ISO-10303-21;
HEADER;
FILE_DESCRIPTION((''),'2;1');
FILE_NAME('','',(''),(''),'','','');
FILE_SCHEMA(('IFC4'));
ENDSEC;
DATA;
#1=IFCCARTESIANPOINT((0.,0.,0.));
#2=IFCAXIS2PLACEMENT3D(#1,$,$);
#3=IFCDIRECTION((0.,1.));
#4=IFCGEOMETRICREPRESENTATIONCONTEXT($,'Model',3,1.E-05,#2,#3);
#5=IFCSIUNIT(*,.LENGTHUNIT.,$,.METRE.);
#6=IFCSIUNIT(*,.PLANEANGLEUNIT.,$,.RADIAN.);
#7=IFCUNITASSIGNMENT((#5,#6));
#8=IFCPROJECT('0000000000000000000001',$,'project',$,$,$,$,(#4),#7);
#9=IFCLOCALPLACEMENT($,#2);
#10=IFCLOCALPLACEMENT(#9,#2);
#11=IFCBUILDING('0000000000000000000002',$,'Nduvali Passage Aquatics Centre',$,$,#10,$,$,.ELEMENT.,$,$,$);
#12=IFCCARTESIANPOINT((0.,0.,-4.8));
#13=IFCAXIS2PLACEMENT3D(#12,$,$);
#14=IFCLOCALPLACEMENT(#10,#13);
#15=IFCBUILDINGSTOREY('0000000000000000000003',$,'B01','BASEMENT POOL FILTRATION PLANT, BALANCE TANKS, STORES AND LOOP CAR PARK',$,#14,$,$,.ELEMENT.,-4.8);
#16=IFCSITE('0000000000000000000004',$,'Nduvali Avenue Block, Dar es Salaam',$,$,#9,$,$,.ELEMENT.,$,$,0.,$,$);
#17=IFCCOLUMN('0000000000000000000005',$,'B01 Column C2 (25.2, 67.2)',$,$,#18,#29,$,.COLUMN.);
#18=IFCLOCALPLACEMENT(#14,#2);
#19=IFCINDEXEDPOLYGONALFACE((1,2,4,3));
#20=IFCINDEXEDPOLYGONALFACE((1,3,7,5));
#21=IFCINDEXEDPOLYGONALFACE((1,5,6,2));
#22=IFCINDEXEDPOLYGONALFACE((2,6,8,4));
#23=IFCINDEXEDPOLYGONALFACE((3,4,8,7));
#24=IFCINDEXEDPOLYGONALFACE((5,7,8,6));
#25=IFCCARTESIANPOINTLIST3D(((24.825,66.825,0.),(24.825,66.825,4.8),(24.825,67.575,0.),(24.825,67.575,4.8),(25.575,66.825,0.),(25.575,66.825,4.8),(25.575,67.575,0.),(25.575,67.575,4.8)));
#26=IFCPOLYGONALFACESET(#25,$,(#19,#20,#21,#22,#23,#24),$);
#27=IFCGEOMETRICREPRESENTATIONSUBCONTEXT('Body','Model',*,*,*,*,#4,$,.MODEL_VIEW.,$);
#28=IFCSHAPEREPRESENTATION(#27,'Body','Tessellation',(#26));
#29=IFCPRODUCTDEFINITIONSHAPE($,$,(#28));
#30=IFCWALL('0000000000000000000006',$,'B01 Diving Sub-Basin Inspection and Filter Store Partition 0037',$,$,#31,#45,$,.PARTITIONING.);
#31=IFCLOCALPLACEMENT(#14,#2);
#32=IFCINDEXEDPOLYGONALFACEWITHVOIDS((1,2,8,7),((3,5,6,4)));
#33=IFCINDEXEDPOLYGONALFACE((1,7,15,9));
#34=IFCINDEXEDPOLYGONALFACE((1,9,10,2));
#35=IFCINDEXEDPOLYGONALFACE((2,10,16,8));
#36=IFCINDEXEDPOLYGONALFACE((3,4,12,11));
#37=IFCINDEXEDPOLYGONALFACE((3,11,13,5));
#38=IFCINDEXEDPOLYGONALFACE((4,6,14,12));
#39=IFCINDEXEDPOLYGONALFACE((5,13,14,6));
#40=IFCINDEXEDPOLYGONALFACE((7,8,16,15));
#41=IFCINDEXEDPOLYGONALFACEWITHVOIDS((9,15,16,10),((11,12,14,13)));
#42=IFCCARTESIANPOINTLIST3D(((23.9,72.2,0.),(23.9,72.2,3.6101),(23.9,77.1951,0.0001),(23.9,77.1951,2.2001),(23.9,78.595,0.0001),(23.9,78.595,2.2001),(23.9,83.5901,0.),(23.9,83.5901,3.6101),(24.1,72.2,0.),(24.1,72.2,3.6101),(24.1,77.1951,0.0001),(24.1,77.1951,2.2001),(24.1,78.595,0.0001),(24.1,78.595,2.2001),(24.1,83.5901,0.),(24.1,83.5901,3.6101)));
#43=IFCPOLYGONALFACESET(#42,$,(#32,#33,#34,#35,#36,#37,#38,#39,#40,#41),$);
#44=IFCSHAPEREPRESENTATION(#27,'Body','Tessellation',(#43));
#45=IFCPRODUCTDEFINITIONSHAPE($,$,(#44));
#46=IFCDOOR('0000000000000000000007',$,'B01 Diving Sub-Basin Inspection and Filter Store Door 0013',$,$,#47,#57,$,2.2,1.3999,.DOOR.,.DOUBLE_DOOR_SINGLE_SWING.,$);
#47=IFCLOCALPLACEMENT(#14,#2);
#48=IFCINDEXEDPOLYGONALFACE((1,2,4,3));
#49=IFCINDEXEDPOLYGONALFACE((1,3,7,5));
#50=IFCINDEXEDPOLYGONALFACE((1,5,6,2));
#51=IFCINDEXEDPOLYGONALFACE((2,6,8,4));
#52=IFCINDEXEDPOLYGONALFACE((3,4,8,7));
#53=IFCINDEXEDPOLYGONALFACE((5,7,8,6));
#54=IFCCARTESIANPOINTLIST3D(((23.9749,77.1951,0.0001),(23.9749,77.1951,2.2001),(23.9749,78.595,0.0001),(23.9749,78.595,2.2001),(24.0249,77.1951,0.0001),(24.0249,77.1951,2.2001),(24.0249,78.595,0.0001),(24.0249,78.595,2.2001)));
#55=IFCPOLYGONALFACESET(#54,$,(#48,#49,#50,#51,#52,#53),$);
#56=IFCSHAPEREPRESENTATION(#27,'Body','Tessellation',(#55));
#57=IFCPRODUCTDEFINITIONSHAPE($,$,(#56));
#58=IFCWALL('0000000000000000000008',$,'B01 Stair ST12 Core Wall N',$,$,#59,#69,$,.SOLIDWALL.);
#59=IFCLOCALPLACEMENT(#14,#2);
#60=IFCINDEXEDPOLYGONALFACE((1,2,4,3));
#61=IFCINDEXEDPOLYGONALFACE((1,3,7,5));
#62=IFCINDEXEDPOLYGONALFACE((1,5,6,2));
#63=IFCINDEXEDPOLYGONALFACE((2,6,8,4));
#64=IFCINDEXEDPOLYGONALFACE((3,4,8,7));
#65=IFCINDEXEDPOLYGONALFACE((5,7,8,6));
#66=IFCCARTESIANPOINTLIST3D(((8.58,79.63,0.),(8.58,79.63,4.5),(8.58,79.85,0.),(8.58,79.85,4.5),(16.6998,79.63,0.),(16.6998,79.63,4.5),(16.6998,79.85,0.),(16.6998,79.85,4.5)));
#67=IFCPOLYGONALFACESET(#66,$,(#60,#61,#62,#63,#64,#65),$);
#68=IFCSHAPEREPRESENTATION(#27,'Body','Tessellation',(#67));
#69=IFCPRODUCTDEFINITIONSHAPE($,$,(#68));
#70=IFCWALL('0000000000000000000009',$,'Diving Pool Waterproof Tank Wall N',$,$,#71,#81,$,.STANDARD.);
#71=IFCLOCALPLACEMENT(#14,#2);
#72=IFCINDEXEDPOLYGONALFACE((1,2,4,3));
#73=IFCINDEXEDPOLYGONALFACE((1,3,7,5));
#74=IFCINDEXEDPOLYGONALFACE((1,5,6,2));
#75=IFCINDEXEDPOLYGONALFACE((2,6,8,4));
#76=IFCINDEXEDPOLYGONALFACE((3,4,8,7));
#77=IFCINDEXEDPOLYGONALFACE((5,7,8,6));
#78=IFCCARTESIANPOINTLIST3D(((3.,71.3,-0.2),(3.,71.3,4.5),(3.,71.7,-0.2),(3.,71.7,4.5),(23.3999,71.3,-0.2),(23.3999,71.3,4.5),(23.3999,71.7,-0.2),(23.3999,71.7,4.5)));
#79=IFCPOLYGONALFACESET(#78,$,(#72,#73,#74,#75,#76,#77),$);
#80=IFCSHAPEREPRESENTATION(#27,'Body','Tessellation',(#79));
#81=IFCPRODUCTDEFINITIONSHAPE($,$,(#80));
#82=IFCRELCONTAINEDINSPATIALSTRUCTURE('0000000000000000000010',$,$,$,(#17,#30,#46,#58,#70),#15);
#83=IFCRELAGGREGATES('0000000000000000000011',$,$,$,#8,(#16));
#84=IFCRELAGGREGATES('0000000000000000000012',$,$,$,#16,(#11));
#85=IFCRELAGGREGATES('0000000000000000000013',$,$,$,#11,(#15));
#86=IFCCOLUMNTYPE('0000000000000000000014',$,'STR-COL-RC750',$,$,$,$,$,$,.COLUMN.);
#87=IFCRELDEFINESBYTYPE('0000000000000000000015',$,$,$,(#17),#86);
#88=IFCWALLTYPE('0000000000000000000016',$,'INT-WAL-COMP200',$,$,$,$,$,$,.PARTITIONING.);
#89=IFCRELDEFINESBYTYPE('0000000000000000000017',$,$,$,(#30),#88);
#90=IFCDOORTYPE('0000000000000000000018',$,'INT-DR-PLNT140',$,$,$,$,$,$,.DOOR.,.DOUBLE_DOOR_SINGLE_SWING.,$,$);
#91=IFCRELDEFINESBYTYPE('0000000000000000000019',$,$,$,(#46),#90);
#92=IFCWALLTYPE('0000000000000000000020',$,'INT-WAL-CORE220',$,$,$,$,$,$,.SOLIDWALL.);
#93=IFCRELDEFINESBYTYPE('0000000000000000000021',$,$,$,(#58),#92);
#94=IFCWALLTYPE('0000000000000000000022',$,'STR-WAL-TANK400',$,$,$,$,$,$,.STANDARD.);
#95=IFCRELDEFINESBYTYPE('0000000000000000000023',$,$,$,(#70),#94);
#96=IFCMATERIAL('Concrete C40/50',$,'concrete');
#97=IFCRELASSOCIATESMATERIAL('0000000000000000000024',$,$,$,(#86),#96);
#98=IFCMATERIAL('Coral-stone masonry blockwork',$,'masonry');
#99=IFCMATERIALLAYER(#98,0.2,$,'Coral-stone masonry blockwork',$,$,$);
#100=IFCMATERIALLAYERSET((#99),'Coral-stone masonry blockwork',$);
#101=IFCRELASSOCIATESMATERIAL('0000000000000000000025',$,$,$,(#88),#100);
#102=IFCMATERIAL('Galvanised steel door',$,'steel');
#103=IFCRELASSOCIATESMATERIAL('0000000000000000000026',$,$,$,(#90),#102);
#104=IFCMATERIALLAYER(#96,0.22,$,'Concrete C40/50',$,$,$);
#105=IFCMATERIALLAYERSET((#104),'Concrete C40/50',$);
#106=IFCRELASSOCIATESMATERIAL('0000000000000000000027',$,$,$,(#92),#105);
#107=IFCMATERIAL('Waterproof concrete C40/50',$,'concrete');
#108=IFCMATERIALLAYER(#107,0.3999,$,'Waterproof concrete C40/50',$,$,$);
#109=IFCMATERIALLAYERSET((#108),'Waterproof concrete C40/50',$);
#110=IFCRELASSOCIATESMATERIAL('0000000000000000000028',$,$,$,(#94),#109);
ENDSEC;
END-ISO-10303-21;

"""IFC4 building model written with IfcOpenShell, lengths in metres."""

from ifc_helpers import new_model, si_unit, direction, frame, frame_2d, origin, origin_2d, place, context, subcontext, project, spatial, rectangle, extrude, material, layer, layer_set, material_profile, profile_set, type_object, element, fill, save


model = new_model("IFC4")

# Units and contexts
model_context = context("Model", 3, precision=1e-05, world=origin(), true_north=direction((0.0, 1.0)))
body_context = subcontext(model_context, "Body", "Model", "MODEL_VIEW")
ifc_project = project(units=[si_unit("LENGTHUNIT", "METRE"), si_unit("PLANEANGLEUNIT", "RADIAN")], contexts=[model_context])

# Site, building, storey
site_placement = place(None, origin())
site = spatial("IfcSite", under=ifc_project, at=site_placement, Name="Nduvali Avenue Block, Dar es Salaam", CompositionType="ELEMENT", RefElevation=0.0)
building_placement = place(site_placement, origin())
building = spatial("IfcBuilding", under=site, at=building_placement, Name="Nduvali Passage Aquatics Centre", CompositionType="ELEMENT")
storey_placement = place(building_placement, frame((0.0, 0.0, -4.8)))
storey = spatial("IfcBuildingStorey", under=building, at=storey_placement, Name="B01", Description="BASEMENT POOL FILTRATION PLANT, BALANCE TANKS, STORES AND LOOP CAR PARK", CompositionType="ELEMENT", Elevation=-4.8)

# Shared definitions
ifc_material_1 = material(Name="Concrete C40/50", Category="concrete")

# Column
ifc_material_profile_1 = material_profile(ifc_material_1, rectangle(XDim=0.75, YDim=0.75, at=origin_2d()), Name="RC 750x750")
ifc_profile_set_1 = profile_set([ifc_material_profile_1], Name="Concrete C40/50")
column_type = type_object("IfcColumnType", Name="STR-COL-RC750", PredefinedType="COLUMN", material=ifc_profile_set_1)
for number, where, z_axis, x_axis, name in (
    (1, (25.2, 67.2, 0.0), (0.0, 0.0, 1.0), (1.0, 0.0, 0.0), "B01 Column C2 (25.2, 67.2)"),
):
    element("IfcColumn", number, at=place(storey_placement, frame(where, z_axis=z_axis, x_axis=x_axis)), inside=storey, type_object=column_type, Name=name, PredefinedType="COLUMN", context=body_context, shape_type="SweptSolid", body=[
        extrude(rectangle(XDim=0.75, YDim=0.75, at=origin_2d()), origin(), (0.0, 0.0, 1.0), 4.8),
    ])

# Wall, opening, door
ifc_material_2 = material(Name="Coral-stone masonry blockwork", Category="masonry")
ifc_layer_1 = layer(ifc_material_2, 0.2, Name="Coral-stone masonry blockwork")
ifc_layer_set_1 = layer_set([ifc_layer_1], Name="Coral-stone masonry blockwork")
wall_type_1 = type_object("IfcWallType", Name="INT-WAL-COMP200", PredefinedType="PARTITIONING", material=ifc_layer_set_1)
wall_1_placement = place(storey_placement, frame((24.0, 72.2, 0.0), z_axis=(0.0, 0.0, 1.0), x_axis=(0.0, 1.0, 0.0)))
wall_1 = element("IfcWall", 2, at=wall_1_placement, inside=storey, type_object=wall_type_1, Name="B01 Diving Sub-Basin Inspection and Filter Store Partition 0037", PredefinedType="PARTITIONING", context=body_context, shape_type="SweptSolid", body=[
    extrude(rectangle(XDim=11.3901, YDim=0.2, at=frame_2d((5.6951, 0.0))), origin(), (0.0, 0.0, 1.0), 3.6101),
])
opening_placement = place(wall_1_placement, frame((4.9951, 0.0, 0.0)))
opening = element("IfcOpeningElement", 3, at=opening_placement, cuts=wall_1, PredefinedType="OPENING", context=body_context, shape_type="SweptSolid", body=[
    extrude(rectangle(XDim=1.3999, YDim=2.2, at=frame_2d((0.7, 1.1001))), frame((0.0, 0.1147, 0.0), z_axis=(0.0, -1.0, 0.0), x_axis=(1.0, 0.0, 0.0)), (0.0, 0.0, 1.0), 0.2297),
])
ifc_material_3 = material(Name="Galvanised steel door", Category="steel")
door_type = type_object("IfcDoorType", Name="INT-DR-PLNT140", OperationType="DOUBLE_DOOR_SINGLE_SWING", PredefinedType="DOOR", material=ifc_material_3)
door_placement = place(opening_placement, frame((1.3999, 0.0, 0.0), z_axis=(0.0, 0.0, 1.0), x_axis=(-1.0, 0.0, 0.0)))
door = element("IfcDoor", 4, at=door_placement, inside=storey, type_object=door_type, Name="B01 Diving Sub-Basin Inspection and Filter Store Door 0013", OperationType="DOUBLE_DOOR_SINGLE_SWING", OverallHeight=2.2, OverallWidth=1.3999, PredefinedType="DOOR", context=body_context, shape_type="SweptSolid", body=[
    extrude(rectangle(XDim=1.3999, YDim=2.2, at=frame_2d((0.7, 1.1001))), frame((0.0, 0.0249, 0.0), z_axis=(0.0, -1.0, 0.0), x_axis=(1.0, 0.0, 0.0)), (0.0, 0.0, 1.0), 0.05),
])
fill(opening, door)

# Walls
ifc_layer_2 = layer(ifc_material_1, 0.22, Name="Concrete C40/50")
ifc_layer_set_2 = layer_set([ifc_layer_2], Name="Concrete C40/50")
wall_type_2 = type_object("IfcWallType", Name="INT-WAL-CORE220", PredefinedType="SOLIDWALL", material=ifc_layer_set_2)
wall_2_placement = place(storey_placement, frame((16.7, 79.74, 0.0), z_axis=(0.0, 0.0, 1.0), x_axis=(-1.0, 0.0, 0.0)))
element("IfcWall", 5, at=wall_2_placement, inside=storey, type_object=wall_type_2, Name="B01 Stair ST12 Core Wall N", PredefinedType="SOLIDWALL", context=body_context, shape_type="SweptSolid", body=[
    extrude(rectangle(XDim=8.1199, YDim=0.22, at=frame_2d((4.0601, 0.0))), origin(), (0.0, 0.0, 1.0), 4.5),
])
ifc_material_4 = material(Name="Waterproof concrete C40/50", Category="concrete")
ifc_layer_3 = layer(ifc_material_4, 0.3999, Name="Waterproof concrete C40/50")
ifc_layer_set_3 = layer_set([ifc_layer_3], Name="Waterproof concrete C40/50")
wall_type_3 = type_object("IfcWallType", Name="STR-WAL-TANK400", PredefinedType="STANDARD", material=ifc_layer_set_3)
wall_3_placement = place(storey_placement, frame((23.3999, 71.5, -0.2), z_axis=(0.0, 0.0, 1.0), x_axis=(-1.0, 0.0, 0.0)))
element("IfcWall", 6, at=wall_3_placement, inside=storey, type_object=wall_type_3, Name="Diving Pool Waterproof Tank Wall N", PredefinedType="STANDARD", context=body_context, shape_type="SweptSolid", body=[
    extrude(rectangle(XDim=20.3999, YDim=0.3999, at=frame_2d((10.2, 0.0))), origin(), (0.0, 0.0, 1.0), 4.7),
])

save(model, "model.ifc")
